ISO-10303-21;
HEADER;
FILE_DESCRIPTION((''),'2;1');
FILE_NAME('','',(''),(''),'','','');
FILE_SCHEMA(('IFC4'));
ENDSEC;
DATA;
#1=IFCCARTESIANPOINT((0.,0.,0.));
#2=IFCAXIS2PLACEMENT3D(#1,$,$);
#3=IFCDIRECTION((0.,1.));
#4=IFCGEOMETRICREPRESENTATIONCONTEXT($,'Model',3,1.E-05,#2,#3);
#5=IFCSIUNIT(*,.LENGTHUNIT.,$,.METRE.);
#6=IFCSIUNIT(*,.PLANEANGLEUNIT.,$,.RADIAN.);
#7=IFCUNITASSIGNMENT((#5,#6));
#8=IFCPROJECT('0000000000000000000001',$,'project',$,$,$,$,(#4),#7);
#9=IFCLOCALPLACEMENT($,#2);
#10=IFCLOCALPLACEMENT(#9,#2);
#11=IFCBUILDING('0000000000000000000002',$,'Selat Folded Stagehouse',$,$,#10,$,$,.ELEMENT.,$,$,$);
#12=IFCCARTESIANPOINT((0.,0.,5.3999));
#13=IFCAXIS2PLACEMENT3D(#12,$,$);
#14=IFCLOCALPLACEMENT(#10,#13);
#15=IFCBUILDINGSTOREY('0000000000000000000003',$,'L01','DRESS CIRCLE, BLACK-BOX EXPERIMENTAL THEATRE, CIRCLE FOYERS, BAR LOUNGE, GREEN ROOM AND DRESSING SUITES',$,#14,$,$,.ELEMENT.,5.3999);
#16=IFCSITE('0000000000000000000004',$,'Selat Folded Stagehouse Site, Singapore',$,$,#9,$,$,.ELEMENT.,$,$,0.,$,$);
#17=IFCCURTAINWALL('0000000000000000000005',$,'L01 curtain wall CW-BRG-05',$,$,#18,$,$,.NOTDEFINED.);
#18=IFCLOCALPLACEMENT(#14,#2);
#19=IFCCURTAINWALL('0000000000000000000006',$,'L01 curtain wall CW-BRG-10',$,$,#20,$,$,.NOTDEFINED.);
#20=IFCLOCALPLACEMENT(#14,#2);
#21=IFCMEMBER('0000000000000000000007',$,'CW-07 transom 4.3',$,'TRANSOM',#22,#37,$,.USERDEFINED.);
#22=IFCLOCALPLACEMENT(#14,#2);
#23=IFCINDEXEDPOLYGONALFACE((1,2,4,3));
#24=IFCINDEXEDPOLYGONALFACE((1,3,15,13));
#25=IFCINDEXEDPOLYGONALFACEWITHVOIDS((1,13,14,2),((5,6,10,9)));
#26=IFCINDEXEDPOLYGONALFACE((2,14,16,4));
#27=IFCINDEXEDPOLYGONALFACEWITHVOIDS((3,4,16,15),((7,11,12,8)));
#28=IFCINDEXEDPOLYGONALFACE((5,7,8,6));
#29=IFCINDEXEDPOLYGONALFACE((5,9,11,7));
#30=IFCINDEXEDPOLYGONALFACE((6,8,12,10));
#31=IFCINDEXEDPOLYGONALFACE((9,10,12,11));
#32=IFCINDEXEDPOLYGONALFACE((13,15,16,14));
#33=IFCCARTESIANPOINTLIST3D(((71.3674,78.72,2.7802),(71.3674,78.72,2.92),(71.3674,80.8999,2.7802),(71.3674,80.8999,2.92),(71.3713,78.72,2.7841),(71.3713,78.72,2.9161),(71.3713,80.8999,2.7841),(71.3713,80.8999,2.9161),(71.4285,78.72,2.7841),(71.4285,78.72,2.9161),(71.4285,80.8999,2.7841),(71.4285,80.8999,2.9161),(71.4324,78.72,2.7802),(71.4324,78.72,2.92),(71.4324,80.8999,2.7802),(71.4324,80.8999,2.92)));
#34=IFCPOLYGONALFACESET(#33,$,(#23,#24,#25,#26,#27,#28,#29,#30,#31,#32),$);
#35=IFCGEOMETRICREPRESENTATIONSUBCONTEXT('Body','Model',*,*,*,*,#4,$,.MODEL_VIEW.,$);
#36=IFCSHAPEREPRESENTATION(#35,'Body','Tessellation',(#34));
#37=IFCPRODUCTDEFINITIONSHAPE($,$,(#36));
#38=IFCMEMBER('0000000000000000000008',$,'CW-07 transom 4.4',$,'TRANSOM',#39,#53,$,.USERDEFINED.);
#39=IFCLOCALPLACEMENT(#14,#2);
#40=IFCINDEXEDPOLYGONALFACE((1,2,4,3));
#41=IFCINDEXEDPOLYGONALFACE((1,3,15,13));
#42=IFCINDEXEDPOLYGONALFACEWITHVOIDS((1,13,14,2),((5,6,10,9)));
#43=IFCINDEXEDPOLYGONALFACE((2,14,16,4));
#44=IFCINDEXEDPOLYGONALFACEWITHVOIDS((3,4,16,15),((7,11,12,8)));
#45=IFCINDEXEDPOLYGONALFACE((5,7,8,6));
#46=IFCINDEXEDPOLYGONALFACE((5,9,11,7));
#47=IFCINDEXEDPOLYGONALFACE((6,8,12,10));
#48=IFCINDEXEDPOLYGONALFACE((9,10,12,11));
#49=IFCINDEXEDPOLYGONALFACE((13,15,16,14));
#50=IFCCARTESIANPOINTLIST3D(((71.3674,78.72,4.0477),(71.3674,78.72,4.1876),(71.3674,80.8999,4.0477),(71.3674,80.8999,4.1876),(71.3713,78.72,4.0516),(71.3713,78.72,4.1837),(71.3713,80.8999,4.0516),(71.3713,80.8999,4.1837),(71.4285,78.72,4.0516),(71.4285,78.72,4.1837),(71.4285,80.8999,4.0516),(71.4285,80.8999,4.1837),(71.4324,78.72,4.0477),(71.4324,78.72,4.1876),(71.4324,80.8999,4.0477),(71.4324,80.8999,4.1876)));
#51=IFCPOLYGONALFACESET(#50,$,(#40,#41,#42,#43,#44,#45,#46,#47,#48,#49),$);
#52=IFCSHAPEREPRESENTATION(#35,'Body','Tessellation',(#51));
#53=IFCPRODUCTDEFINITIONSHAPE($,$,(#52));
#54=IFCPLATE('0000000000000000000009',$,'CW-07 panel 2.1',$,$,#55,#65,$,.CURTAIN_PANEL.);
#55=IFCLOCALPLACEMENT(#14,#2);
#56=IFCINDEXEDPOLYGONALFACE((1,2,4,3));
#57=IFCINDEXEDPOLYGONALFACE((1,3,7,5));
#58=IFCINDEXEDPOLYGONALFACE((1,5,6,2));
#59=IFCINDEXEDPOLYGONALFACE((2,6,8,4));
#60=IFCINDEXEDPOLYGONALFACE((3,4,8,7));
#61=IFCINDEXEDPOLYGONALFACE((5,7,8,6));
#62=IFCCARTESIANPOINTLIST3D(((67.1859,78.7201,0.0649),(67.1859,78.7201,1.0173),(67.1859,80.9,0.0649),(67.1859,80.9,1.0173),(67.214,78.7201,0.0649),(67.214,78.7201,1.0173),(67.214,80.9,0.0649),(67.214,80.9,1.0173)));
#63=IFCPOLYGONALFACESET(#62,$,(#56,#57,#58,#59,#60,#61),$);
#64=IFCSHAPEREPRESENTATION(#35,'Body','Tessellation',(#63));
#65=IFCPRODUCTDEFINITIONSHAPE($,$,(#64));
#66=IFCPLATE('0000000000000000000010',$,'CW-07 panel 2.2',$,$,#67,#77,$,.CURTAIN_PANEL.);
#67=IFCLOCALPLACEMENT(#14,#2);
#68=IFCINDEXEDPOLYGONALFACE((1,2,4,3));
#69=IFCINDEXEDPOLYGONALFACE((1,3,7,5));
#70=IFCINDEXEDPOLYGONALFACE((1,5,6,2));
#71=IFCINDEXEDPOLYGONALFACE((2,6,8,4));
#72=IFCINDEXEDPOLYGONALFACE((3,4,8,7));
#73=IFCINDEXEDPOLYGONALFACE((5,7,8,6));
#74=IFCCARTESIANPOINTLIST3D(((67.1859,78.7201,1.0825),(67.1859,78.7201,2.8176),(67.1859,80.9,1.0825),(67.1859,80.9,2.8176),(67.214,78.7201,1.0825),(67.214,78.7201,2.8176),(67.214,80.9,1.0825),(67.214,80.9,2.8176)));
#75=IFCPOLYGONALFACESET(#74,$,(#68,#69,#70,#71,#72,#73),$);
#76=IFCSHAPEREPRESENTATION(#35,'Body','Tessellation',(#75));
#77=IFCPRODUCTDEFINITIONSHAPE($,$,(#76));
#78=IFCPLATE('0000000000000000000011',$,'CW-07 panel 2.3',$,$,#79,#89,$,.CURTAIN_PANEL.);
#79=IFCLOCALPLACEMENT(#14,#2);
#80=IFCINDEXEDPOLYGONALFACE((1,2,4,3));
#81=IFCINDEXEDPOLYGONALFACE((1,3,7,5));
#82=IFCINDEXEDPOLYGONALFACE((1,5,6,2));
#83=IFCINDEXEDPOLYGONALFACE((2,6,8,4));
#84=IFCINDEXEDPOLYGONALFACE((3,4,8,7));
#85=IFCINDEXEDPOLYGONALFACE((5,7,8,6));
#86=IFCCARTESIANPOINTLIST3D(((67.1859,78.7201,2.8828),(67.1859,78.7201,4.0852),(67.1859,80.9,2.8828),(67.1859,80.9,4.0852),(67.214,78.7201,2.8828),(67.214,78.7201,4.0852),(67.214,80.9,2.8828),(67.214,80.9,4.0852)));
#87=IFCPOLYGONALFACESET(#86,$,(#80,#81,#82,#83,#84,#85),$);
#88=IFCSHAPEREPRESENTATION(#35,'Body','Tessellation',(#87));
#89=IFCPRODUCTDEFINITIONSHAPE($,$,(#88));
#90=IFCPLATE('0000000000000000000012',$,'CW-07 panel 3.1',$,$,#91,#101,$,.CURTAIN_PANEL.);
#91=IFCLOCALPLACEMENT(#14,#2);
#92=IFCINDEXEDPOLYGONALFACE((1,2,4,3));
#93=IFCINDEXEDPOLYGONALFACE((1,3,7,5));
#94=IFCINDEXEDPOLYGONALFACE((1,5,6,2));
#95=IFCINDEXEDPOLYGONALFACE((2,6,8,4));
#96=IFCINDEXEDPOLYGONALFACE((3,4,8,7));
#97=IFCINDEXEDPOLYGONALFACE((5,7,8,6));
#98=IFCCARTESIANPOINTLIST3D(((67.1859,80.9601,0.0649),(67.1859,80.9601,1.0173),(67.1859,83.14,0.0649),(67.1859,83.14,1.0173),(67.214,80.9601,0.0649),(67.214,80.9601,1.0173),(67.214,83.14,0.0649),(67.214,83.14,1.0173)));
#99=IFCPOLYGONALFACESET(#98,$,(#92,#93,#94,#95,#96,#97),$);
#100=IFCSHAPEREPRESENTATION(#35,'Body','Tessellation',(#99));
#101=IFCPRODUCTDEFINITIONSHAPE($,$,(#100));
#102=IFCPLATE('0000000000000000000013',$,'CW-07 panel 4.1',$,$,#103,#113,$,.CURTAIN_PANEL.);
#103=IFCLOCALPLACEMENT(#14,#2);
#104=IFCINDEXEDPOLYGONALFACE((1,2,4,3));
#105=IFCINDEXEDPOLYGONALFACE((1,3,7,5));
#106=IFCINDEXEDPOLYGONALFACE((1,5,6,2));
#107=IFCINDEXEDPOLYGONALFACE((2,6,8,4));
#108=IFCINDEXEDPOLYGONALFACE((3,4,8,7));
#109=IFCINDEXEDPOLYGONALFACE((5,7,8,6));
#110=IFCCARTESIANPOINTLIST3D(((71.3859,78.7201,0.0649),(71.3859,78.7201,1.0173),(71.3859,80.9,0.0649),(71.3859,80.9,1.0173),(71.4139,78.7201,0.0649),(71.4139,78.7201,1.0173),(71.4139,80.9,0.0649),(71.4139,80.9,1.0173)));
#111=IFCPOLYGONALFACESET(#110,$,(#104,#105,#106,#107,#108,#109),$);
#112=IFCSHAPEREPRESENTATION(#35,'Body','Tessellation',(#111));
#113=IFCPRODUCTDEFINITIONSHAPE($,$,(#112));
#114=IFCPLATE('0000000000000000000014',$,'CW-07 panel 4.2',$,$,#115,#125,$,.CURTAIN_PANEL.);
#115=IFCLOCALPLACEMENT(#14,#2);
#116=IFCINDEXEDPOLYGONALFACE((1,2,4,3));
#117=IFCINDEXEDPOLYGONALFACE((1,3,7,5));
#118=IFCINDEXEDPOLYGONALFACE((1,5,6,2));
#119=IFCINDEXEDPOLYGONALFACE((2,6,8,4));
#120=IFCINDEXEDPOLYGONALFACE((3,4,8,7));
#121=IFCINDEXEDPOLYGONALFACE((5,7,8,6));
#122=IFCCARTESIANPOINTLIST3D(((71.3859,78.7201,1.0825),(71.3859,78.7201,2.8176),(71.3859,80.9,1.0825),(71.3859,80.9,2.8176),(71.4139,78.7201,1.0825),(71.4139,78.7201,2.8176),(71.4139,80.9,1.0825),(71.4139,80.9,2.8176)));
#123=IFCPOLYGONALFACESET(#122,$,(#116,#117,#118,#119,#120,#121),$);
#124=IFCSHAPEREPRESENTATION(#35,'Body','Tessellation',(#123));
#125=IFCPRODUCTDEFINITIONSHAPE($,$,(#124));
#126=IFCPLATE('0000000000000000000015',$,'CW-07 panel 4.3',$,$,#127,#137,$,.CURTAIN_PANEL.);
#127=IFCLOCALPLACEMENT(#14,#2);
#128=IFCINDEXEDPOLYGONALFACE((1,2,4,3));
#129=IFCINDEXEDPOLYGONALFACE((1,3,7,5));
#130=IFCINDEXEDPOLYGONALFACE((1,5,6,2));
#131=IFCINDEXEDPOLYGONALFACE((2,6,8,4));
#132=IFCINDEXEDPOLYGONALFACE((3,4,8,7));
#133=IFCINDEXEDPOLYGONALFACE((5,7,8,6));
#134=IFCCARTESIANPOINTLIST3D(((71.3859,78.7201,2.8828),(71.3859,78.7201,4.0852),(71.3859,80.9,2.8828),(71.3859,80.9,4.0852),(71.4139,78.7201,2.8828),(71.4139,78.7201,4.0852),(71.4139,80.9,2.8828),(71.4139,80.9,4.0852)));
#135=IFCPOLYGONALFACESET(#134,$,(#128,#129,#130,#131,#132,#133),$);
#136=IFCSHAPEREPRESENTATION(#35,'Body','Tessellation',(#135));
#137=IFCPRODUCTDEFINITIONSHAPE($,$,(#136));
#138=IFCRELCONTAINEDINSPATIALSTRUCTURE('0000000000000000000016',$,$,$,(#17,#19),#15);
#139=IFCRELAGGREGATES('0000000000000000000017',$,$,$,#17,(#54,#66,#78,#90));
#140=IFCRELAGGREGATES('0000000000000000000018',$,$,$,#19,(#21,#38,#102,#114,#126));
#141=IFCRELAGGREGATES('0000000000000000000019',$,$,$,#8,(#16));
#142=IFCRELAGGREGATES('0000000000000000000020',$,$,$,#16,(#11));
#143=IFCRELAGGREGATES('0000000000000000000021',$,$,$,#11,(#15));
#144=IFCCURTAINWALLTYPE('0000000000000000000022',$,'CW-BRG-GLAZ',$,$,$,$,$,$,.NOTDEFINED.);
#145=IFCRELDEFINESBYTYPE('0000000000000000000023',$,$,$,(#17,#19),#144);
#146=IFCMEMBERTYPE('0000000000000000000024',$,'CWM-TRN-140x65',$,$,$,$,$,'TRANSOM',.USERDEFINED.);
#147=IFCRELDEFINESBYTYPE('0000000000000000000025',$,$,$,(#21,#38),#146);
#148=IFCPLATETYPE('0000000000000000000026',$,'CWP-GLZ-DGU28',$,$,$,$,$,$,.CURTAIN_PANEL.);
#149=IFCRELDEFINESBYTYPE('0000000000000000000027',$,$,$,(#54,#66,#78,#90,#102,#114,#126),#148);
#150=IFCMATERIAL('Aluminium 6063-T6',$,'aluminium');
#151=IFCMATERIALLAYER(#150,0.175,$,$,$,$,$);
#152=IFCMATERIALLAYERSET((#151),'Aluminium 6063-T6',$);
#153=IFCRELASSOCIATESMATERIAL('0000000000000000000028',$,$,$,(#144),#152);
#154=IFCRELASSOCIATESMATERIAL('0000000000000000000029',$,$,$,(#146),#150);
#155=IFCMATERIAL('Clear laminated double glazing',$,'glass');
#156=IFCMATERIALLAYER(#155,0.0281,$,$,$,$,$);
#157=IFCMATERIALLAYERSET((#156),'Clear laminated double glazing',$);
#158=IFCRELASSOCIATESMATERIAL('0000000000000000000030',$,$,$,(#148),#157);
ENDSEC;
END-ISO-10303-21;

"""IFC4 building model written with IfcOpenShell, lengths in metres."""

from ifc_helpers import new_model, si_unit, direction, frame, origin, origin_2d, place, context, subcontext, project, spatial, rectangle, hollow_rectangle, extrude, material, layer, layer_set, material_profile, profile_set, type_object, element, aggregate, save


model = new_model("IFC4")

# Units and contexts
model_context = context("Model", 3, precision=1e-05, world=origin(), true_north=direction((0.0, 1.0)))
body_context = subcontext(model_context, "Body", "Model", "MODEL_VIEW")
ifc_project = project(units=[si_unit("LENGTHUNIT", "METRE"), si_unit("PLANEANGLEUNIT", "RADIAN")], contexts=[model_context])

# Site, building, storey
site_placement = place(None, origin())
site = spatial("IfcSite", under=ifc_project, at=site_placement, Name="Selat Folded Stagehouse Site, Singapore", CompositionType="ELEMENT", RefElevation=0.0)
building_placement = place(site_placement, origin())
building = spatial("IfcBuilding", under=site, at=building_placement, Name="Selat Folded Stagehouse", CompositionType="ELEMENT")
storey_placement = place(building_placement, frame((0.0, 0.0, 5.3999)))
storey = spatial("IfcBuildingStorey", under=building, at=storey_placement, Name="L01", Description="DRESS CIRCLE, BLACK-BOX EXPERIMENTAL THEATRE, CIRCLE FOYERS, BAR LOUNGE, GREEN ROOM AND DRESSING SUITES", CompositionType="ELEMENT", Elevation=5.3999)

# Curtain walls
ifc_material_1 = material(Name="Aluminium 6063-T6", Category="aluminium")
ifc_layer_1 = layer(ifc_material_1, 0.175)
ifc_layer_set_1 = layer_set([ifc_layer_1], Name="Aluminium 6063-T6")
curtain_wall_type = type_object("IfcCurtainWallType", Name="CW-BRG-GLAZ", PredefinedType="NOTDEFINED", material=ifc_layer_set_1)
curtain_wall_1_placement = place(storey_placement, origin())
curtain_wall_1 = element("IfcCurtainWall", 1, at=curtain_wall_1_placement, inside=storey, type_object=curtain_wall_type, Name="L01 curtain wall CW-BRG-05", PredefinedType="NOTDEFINED")
curtain_wall_2_placement = place(storey_placement, origin())
curtain_wall_2 = element("IfcCurtainWall", 2, at=curtain_wall_2_placement, inside=storey, type_object=curtain_wall_type, Name="L01 curtain wall CW-BRG-10", PredefinedType="NOTDEFINED")

# Members
ifc_material_profile_1 = material_profile(ifc_material_1, hollow_rectangle(XDim=0.0649, YDim=0.1399, WallThickness=0.0039, at=origin_2d()), Name="ALU 140x65x4.0")
ifc_profile_set_1 = profile_set([ifc_material_profile_1], Name="Aluminium 6063-T6")
member_type_1 = type_object("IfcMemberType", Name="CWM-TRN-140x65", ElementType="TRANSOM", PredefinedType="USERDEFINED", material=ifc_profile_set_1)
member_1_placement = place(storey_placement, frame((71.3999, 80.8999, 2.8501), z_axis=(0.0, -1.0, 0.0), x_axis=(1.0, 0.0, 0.0)))
member_1 = element("IfcMember", 3, at=member_1_placement, type_object=member_type_1, Name="CW-07 transom 4.3", ObjectType="TRANSOM", PredefinedType="USERDEFINED", context=body_context, shape_type="SweptSolid", body=[
    extrude(hollow_rectangle(XDim=0.0649, YDim=0.1399, WallThickness=0.0039, at=origin_2d()), origin(), (0.0, 0.0, 1.0), 2.1799),
])
member_2_placement = place(storey_placement, frame((71.3999, 80.8999, 4.1177), z_axis=(0.0, -1.0, 0.0), x_axis=(1.0, 0.0, 0.0)))
member_2 = element("IfcMember", 4, at=member_2_placement, type_object=member_type_1, Name="CW-07 transom 4.4", ObjectType="TRANSOM", PredefinedType="USERDEFINED", context=body_context, shape_type="SweptSolid", body=[
    extrude(hollow_rectangle(XDim=0.0649, YDim=0.1399, WallThickness=0.0039, at=origin_2d()), origin(), (0.0, 0.0, 1.0), 2.1799),
])

# Plates
ifc_material_2 = material(Name="Clear laminated double glazing", Category="glass")
ifc_layer_2 = layer(ifc_material_2, 0.0281)
ifc_layer_set_2 = layer_set([ifc_layer_2], Name="Clear laminated double glazing")
plate_type = type_object("IfcPlateType", Name="CWP-GLZ-DGU28", PredefinedType="CURTAIN_PANEL", material=ifc_layer_set_2)
plate_1_placement = place(storey_placement, frame((67.2, 79.8101, 0.0649), z_axis=(0.0, 0.0, 1.0), x_axis=(0.0, 1.0, 0.0)))
plate_1 = element("IfcPlate", 5, at=plate_1_placement, type_object=plate_type, Name="CW-07 panel 2.1", PredefinedType="CURTAIN_PANEL", context=body_context, shape_type="SweptSolid", body=[
    extrude(rectangle(XDim=2.1799, YDim=0.0281, at=origin_2d()), origin(), (0.0, 0.0, 1.0), 0.9524),
])
plate_2_placement = place(storey_placement, frame((67.2, 79.8101, 1.0825), z_axis=(0.0, 0.0, 1.0), x_axis=(0.0, 1.0, 0.0)))
plate_2 = element("IfcPlate", 6, at=plate_2_placement, type_object=plate_type, Name="CW-07 panel 2.2", PredefinedType="CURTAIN_PANEL", context=body_context, shape_type="SweptSolid", body=[
    extrude(rectangle(XDim=2.1799, YDim=0.0281, at=origin_2d()), origin(), (0.0, 0.0, 1.0), 1.7351),
])
plate_3_placement = place(storey_placement, frame((67.2, 79.8101, 2.8828), z_axis=(0.0, 0.0, 1.0), x_axis=(0.0, 1.0, 0.0)))
plate_3 = element("IfcPlate", 7, at=plate_3_placement, type_object=plate_type, Name="CW-07 panel 2.3", PredefinedType="CURTAIN_PANEL", context=body_context, shape_type="SweptSolid", body=[
    extrude(rectangle(XDim=2.1799, YDim=0.0281, at=origin_2d()), origin(), (0.0, 0.0, 1.0), 1.2024),
])
plate_4_placement = place(storey_placement, frame((67.2, 82.05, 0.0649), z_axis=(0.0, 0.0, 1.0), x_axis=(0.0, 1.0, 0.0)))
plate_4 = element("IfcPlate", 8, at=plate_4_placement, type_object=plate_type, Name="CW-07 panel 3.1", PredefinedType="CURTAIN_PANEL", context=body_context, shape_type="SweptSolid", body=[
    extrude(rectangle(XDim=2.1799, YDim=0.0281, at=origin_2d()), origin(), (0.0, 0.0, 1.0), 0.9524),
])
aggregate(curtain_wall_1, [plate_1, plate_2, plate_3, plate_4])
plate_5_placement = place(storey_placement, frame((71.3999, 79.8101, 0.0649), z_axis=(0.0, 0.0, 1.0), x_axis=(0.0, -1.0, 0.0)))
plate_5 = element("IfcPlate", 9, at=plate_5_placement, type_object=plate_type, Name="CW-07 panel 4.1", PredefinedType="CURTAIN_PANEL", context=body_context, shape_type="SweptSolid", body=[
    extrude(rectangle(XDim=2.1799, YDim=0.0281, at=origin_2d()), origin(), (0.0, 0.0, 1.0), 0.9524),
])
plate_6_placement = place(storey_placement, frame((71.3999, 79.8101, 1.0825), z_axis=(0.0, 0.0, 1.0), x_axis=(0.0, -1.0, 0.0)))
plate_6 = element("IfcPlate", 10, at=plate_6_placement, type_object=plate_type, Name="CW-07 panel 4.2", PredefinedType="CURTAIN_PANEL", context=body_context, shape_type="SweptSolid", body=[
    extrude(rectangle(XDim=2.1799, YDim=0.0281, at=origin_2d()), origin(), (0.0, 0.0, 1.0), 1.7351),
])
plate_7_placement = place(storey_placement, frame((71.3999, 79.8101, 2.8828), z_axis=(0.0, 0.0, 1.0), x_axis=(0.0, -1.0, 0.0)))
plate_7 = element("IfcPlate", 11, at=plate_7_placement, type_object=plate_type, Name="CW-07 panel 4.3", PredefinedType="CURTAIN_PANEL", context=body_context, shape_type="SweptSolid", body=[
    extrude(rectangle(XDim=2.1799, YDim=0.0281, at=origin_2d()), origin(), (0.0, 0.0, 1.0), 1.2024),
])
aggregate(curtain_wall_2, [member_1, member_2, plate_5, plate_6, plate_7])

save(model, "model.ifc")
